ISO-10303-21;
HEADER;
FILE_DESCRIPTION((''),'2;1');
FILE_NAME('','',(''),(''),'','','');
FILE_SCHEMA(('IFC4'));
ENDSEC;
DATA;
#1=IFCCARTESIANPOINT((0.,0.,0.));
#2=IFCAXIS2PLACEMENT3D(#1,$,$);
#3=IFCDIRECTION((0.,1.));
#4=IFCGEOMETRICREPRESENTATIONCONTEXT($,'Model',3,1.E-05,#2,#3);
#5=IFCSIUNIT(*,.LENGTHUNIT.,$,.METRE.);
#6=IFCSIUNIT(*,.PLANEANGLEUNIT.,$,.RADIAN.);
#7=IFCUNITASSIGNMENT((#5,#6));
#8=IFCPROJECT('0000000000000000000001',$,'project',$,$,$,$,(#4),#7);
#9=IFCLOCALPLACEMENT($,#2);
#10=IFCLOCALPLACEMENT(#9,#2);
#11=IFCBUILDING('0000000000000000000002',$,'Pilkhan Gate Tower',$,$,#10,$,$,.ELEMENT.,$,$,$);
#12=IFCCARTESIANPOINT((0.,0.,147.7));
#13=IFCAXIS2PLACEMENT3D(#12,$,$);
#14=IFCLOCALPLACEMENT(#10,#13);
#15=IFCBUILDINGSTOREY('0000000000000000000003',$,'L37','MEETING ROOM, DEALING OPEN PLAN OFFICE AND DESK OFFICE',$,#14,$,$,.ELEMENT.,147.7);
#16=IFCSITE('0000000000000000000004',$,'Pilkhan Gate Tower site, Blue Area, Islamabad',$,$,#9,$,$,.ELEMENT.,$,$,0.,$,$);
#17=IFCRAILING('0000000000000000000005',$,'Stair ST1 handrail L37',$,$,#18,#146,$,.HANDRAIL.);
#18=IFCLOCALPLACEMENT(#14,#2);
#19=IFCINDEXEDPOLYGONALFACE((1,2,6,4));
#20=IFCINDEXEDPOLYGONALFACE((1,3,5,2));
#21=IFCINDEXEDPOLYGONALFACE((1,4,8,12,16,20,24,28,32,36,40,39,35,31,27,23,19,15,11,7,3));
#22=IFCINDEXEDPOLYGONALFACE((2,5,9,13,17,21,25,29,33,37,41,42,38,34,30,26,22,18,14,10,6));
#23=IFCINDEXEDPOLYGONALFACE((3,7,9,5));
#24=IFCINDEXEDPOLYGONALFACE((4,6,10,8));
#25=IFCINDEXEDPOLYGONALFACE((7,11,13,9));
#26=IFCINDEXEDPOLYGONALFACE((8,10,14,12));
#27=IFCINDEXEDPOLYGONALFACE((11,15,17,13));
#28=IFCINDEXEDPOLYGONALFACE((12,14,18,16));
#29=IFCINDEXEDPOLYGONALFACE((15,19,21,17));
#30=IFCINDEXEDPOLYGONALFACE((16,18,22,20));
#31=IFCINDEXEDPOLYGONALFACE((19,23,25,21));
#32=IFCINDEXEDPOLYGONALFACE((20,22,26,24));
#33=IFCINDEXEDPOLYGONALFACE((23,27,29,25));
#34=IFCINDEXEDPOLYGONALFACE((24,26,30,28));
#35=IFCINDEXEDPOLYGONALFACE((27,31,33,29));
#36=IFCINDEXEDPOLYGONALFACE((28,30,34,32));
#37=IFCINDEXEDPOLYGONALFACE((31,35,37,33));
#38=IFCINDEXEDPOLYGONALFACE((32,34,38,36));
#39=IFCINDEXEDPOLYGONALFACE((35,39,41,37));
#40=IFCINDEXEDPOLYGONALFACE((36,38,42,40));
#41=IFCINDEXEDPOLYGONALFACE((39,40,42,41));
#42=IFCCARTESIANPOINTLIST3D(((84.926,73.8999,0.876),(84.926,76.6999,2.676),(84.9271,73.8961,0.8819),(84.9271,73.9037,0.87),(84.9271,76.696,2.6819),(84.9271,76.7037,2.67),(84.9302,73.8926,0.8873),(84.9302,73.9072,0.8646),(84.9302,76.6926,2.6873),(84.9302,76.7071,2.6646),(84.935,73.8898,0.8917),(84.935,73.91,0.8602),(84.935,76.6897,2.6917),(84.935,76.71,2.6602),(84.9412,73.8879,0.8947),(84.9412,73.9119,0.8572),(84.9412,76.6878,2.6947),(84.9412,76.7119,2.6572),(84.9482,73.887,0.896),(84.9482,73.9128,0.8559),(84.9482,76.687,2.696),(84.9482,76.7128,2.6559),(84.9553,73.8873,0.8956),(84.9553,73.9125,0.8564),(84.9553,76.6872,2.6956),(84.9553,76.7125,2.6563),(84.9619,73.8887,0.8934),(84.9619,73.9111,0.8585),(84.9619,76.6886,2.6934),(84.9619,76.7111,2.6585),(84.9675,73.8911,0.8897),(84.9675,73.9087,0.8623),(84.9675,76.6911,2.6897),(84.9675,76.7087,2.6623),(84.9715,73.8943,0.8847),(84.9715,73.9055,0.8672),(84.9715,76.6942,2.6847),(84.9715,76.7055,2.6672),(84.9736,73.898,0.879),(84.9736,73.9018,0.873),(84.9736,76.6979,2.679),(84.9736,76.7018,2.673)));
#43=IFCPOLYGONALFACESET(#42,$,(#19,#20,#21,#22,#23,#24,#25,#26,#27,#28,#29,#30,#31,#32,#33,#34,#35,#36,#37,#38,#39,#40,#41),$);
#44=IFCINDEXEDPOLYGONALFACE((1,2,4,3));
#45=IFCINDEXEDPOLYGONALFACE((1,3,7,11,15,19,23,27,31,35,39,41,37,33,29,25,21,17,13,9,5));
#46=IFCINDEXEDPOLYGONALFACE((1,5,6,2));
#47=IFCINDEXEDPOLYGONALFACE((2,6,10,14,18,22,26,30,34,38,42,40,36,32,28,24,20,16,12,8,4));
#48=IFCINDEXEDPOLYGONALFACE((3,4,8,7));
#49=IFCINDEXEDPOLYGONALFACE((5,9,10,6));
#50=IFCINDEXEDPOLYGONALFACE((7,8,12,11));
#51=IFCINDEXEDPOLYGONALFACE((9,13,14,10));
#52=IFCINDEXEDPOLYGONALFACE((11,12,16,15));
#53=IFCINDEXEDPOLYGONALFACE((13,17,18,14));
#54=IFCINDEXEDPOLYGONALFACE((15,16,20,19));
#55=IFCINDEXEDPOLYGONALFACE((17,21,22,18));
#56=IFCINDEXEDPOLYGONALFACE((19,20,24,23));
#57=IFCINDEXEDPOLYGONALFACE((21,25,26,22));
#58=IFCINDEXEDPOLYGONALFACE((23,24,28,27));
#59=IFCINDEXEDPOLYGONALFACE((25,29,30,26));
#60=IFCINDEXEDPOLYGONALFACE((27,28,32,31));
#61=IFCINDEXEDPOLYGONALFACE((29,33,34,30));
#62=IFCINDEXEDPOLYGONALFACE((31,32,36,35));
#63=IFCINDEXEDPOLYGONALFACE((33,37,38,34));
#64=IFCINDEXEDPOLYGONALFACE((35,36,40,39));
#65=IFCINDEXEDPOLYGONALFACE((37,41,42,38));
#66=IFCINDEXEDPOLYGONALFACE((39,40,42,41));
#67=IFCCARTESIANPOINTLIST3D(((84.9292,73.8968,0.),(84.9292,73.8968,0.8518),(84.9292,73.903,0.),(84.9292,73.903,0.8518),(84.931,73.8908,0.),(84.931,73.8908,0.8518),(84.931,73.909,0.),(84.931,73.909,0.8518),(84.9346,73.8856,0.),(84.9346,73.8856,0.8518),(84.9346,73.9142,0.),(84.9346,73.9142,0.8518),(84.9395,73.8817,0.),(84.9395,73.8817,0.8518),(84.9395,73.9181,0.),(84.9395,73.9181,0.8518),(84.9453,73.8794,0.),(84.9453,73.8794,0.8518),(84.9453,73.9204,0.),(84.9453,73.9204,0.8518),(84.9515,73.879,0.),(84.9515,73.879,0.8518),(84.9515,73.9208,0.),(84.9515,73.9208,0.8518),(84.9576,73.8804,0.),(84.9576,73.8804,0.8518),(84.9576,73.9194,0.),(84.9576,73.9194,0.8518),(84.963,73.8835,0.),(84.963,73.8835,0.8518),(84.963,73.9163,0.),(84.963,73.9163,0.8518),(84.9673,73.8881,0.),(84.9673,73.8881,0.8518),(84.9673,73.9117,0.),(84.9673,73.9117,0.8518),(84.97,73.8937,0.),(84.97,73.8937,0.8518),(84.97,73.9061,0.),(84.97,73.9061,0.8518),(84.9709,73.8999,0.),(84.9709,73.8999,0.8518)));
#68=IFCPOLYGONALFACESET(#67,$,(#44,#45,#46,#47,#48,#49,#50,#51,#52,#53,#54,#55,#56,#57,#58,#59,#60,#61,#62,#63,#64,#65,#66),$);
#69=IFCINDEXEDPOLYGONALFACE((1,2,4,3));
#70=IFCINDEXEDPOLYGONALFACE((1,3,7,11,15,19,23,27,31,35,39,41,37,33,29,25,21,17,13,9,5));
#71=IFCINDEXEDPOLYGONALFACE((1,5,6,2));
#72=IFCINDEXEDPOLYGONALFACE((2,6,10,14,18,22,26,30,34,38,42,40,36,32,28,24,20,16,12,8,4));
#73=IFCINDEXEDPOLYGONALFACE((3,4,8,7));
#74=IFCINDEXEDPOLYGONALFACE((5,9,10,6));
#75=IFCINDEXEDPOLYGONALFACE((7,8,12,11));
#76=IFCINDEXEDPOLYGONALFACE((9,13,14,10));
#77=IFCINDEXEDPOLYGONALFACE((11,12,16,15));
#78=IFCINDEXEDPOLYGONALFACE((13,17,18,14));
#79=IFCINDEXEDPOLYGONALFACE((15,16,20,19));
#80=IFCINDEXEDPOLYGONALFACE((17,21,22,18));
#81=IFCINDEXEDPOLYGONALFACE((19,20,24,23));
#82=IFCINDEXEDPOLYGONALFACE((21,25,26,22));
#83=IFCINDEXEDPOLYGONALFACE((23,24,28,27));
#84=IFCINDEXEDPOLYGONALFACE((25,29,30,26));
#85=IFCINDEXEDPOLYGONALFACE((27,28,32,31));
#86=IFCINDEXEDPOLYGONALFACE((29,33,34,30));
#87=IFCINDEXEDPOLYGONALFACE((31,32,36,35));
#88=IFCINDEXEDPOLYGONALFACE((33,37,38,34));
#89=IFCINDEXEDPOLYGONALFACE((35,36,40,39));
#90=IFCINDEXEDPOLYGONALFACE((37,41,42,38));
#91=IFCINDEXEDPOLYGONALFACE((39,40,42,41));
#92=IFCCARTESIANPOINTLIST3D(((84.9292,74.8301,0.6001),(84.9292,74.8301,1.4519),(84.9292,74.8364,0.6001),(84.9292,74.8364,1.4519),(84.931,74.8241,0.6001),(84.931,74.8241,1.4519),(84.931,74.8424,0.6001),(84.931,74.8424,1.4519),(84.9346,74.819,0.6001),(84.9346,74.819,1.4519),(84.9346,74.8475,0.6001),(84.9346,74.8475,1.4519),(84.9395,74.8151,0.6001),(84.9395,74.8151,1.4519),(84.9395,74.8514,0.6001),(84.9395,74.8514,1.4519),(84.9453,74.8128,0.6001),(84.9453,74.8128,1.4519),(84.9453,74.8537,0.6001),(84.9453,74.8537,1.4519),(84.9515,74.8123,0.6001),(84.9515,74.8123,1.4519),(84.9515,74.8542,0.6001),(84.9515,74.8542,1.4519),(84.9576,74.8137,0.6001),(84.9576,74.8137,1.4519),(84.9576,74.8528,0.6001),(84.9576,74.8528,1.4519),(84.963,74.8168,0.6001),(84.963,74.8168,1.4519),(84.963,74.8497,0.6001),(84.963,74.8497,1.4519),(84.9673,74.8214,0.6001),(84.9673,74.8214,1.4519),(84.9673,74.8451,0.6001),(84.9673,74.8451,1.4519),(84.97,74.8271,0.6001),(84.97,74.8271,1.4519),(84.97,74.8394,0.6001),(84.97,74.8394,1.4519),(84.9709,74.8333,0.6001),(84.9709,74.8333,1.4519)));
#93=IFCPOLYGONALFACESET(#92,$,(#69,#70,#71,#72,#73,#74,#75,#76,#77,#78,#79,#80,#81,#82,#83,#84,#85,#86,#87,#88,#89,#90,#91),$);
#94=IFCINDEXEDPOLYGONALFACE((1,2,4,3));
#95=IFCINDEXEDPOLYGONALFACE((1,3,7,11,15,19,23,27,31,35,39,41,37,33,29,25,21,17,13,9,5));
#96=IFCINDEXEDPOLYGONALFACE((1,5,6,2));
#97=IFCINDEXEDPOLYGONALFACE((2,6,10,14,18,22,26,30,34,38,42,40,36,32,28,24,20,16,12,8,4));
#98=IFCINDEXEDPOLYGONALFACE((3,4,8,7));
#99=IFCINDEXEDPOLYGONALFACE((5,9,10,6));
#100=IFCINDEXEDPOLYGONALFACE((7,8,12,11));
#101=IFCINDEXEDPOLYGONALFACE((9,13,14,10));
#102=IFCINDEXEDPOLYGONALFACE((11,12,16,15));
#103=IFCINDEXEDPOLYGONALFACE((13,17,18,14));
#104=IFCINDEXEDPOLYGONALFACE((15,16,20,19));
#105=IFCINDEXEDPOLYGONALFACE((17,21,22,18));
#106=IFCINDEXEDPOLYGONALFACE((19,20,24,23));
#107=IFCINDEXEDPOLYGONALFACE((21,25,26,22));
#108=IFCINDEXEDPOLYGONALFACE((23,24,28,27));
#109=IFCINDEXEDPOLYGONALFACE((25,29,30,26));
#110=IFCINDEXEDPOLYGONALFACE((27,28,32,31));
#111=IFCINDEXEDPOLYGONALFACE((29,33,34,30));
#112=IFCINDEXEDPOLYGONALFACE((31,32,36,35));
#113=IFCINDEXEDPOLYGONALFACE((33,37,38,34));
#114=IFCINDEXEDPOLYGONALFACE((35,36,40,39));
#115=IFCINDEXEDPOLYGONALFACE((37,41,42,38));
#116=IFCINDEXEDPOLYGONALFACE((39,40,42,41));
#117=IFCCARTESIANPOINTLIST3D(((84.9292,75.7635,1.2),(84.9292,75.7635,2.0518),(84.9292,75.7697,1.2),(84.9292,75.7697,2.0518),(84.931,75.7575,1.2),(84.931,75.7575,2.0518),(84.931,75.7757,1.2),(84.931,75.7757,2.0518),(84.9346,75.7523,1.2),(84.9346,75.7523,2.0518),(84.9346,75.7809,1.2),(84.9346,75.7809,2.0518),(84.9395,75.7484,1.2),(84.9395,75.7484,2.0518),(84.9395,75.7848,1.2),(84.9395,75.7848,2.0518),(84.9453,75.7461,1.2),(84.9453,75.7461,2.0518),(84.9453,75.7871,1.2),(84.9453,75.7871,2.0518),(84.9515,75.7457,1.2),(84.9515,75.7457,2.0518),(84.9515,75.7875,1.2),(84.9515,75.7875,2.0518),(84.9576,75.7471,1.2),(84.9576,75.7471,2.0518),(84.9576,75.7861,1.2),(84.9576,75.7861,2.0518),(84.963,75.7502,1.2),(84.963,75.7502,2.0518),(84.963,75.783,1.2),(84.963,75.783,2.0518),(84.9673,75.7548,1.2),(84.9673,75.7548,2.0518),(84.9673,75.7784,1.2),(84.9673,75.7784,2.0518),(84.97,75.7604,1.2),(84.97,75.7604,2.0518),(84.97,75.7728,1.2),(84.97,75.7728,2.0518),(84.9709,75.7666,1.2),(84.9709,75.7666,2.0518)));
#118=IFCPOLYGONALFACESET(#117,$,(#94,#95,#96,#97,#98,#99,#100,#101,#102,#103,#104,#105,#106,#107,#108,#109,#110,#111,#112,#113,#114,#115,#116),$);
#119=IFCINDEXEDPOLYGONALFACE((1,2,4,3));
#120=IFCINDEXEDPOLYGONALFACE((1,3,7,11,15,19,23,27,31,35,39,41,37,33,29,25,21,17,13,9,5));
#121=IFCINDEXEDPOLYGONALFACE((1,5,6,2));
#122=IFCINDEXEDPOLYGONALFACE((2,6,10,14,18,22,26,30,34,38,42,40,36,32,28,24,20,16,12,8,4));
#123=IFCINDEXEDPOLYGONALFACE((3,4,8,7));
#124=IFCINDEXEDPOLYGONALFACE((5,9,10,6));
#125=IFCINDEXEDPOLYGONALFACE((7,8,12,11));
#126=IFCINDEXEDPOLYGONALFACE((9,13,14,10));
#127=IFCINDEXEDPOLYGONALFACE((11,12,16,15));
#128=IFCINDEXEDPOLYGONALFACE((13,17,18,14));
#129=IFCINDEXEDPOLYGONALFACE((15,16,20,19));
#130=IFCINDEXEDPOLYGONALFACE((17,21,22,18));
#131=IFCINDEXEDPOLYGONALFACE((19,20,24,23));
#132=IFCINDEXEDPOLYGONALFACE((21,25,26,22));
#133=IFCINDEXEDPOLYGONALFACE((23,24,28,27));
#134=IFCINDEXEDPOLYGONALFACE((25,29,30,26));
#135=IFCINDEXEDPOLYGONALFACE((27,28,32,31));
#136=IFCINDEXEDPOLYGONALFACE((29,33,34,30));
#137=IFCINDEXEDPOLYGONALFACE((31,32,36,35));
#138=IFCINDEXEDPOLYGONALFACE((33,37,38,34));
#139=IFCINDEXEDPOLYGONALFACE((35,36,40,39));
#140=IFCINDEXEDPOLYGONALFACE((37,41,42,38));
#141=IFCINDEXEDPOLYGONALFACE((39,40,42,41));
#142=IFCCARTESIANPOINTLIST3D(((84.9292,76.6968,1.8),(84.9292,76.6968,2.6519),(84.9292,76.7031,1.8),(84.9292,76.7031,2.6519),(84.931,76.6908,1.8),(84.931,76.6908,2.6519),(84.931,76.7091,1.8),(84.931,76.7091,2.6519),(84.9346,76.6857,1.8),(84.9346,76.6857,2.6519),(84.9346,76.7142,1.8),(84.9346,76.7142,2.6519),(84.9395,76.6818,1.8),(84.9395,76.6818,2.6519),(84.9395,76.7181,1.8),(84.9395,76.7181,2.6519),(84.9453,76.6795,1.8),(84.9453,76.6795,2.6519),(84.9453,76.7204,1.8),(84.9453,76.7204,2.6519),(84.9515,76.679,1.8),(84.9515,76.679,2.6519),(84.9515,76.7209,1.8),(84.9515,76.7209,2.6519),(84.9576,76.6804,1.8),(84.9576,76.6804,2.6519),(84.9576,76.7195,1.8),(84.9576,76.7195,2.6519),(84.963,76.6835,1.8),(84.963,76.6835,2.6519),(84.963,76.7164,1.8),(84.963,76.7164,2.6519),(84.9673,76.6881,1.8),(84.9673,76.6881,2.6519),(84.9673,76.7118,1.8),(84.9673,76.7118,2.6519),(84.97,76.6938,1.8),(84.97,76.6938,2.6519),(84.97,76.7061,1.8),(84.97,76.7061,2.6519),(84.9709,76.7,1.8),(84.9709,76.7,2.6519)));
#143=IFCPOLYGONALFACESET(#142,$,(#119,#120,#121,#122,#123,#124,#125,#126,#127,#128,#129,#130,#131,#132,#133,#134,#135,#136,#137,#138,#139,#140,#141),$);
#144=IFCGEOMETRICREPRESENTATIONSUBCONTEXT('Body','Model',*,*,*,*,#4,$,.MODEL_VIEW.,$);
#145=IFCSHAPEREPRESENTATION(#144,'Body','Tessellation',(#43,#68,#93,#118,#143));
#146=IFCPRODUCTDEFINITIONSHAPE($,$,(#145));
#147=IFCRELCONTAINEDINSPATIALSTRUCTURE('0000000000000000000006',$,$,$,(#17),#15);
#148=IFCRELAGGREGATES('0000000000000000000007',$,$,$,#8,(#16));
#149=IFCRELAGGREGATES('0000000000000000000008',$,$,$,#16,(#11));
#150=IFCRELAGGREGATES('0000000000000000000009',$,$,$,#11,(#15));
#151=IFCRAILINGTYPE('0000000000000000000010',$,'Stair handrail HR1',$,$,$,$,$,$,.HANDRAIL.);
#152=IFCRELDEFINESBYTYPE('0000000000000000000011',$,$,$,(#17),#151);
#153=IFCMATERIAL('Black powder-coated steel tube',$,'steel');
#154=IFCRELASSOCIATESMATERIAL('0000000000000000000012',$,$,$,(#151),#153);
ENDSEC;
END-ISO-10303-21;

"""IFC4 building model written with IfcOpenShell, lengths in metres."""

from ifc_helpers import new_model, si_unit, direction, frame, origin, origin_2d, place, context, subcontext, project, spatial, circle, extrude, material, type_object, element, save


model = new_model("IFC4")

# Units and contexts
model_context = context("Model", 3, precision=1e-05, world=origin(), true_north=direction((0.0, 1.0)))
body_context = subcontext(model_context, "Body", "Model", "MODEL_VIEW")
ifc_project = project(units=[si_unit("LENGTHUNIT", "METRE"), si_unit("PLANEANGLEUNIT", "RADIAN")], contexts=[model_context])

# Site, building, storey
site_placement = place(None, origin())
site = spatial("IfcSite", under=ifc_project, at=site_placement, Name="Pilkhan Gate Tower site, Blue Area, Islamabad", CompositionType="ELEMENT", RefElevation=0.0)
building_placement = place(site_placement, origin())
building = spatial("IfcBuilding", under=site, at=building_placement, Name="Pilkhan Gate Tower", CompositionType="ELEMENT")
storey_placement = place(building_placement, frame((0.0, 0.0, 147.7)))
storey = spatial("IfcBuildingStorey", under=building, at=storey_placement, Name="L37", Description="MEETING ROOM, DEALING OPEN PLAN OFFICE AND DESK OFFICE", CompositionType="ELEMENT", Elevation=147.7)

# Railing
ifc_material_1 = material(Name="Black powder-coated steel tube", Category="steel")
railing_type_1 = type_object("IfcRailingType", Name="Stair handrail HR1", PredefinedType="HANDRAIL", material=ifc_material_1)
railing_1_placement = place(storey_placement, frame((84.95, 73.8999, 0.0)))
element("IfcRailing", 1, at=railing_1_placement, inside=storey, type_object=railing_type_1, Name="Stair ST1 handrail L37", PredefinedType="HANDRAIL", context=body_context, shape_type="SweptSolid", body=[
    extrude(circle(Radius=0.0239, at=origin_2d()), frame((0.0, 0.0, 0.876), z_axis=(0.0, 0.841176, 0.540761), x_axis=(-1.0, 0.0, 0.0)), (0.0, 0.0, 1.0), 3.3286),
    extrude(circle(Radius=0.021, at=origin_2d()), origin(), (0.0, 0.0, 1.0), 0.8518),
    extrude(circle(Radius=0.021, at=origin_2d()), frame((0.0, 0.9333, 0.6001)), (0.0, 0.0, 1.0), 0.8518),
    extrude(circle(Radius=0.021, at=origin_2d()), frame((0.0, 1.8667, 1.2)), (0.0, 0.0, 1.0), 0.8518),
    extrude(circle(Radius=0.021, at=origin_2d()), frame((0.0, 2.8, 1.8)), (0.0, 0.0, 1.0), 0.8518),
])

save(model, "model.ifc")
